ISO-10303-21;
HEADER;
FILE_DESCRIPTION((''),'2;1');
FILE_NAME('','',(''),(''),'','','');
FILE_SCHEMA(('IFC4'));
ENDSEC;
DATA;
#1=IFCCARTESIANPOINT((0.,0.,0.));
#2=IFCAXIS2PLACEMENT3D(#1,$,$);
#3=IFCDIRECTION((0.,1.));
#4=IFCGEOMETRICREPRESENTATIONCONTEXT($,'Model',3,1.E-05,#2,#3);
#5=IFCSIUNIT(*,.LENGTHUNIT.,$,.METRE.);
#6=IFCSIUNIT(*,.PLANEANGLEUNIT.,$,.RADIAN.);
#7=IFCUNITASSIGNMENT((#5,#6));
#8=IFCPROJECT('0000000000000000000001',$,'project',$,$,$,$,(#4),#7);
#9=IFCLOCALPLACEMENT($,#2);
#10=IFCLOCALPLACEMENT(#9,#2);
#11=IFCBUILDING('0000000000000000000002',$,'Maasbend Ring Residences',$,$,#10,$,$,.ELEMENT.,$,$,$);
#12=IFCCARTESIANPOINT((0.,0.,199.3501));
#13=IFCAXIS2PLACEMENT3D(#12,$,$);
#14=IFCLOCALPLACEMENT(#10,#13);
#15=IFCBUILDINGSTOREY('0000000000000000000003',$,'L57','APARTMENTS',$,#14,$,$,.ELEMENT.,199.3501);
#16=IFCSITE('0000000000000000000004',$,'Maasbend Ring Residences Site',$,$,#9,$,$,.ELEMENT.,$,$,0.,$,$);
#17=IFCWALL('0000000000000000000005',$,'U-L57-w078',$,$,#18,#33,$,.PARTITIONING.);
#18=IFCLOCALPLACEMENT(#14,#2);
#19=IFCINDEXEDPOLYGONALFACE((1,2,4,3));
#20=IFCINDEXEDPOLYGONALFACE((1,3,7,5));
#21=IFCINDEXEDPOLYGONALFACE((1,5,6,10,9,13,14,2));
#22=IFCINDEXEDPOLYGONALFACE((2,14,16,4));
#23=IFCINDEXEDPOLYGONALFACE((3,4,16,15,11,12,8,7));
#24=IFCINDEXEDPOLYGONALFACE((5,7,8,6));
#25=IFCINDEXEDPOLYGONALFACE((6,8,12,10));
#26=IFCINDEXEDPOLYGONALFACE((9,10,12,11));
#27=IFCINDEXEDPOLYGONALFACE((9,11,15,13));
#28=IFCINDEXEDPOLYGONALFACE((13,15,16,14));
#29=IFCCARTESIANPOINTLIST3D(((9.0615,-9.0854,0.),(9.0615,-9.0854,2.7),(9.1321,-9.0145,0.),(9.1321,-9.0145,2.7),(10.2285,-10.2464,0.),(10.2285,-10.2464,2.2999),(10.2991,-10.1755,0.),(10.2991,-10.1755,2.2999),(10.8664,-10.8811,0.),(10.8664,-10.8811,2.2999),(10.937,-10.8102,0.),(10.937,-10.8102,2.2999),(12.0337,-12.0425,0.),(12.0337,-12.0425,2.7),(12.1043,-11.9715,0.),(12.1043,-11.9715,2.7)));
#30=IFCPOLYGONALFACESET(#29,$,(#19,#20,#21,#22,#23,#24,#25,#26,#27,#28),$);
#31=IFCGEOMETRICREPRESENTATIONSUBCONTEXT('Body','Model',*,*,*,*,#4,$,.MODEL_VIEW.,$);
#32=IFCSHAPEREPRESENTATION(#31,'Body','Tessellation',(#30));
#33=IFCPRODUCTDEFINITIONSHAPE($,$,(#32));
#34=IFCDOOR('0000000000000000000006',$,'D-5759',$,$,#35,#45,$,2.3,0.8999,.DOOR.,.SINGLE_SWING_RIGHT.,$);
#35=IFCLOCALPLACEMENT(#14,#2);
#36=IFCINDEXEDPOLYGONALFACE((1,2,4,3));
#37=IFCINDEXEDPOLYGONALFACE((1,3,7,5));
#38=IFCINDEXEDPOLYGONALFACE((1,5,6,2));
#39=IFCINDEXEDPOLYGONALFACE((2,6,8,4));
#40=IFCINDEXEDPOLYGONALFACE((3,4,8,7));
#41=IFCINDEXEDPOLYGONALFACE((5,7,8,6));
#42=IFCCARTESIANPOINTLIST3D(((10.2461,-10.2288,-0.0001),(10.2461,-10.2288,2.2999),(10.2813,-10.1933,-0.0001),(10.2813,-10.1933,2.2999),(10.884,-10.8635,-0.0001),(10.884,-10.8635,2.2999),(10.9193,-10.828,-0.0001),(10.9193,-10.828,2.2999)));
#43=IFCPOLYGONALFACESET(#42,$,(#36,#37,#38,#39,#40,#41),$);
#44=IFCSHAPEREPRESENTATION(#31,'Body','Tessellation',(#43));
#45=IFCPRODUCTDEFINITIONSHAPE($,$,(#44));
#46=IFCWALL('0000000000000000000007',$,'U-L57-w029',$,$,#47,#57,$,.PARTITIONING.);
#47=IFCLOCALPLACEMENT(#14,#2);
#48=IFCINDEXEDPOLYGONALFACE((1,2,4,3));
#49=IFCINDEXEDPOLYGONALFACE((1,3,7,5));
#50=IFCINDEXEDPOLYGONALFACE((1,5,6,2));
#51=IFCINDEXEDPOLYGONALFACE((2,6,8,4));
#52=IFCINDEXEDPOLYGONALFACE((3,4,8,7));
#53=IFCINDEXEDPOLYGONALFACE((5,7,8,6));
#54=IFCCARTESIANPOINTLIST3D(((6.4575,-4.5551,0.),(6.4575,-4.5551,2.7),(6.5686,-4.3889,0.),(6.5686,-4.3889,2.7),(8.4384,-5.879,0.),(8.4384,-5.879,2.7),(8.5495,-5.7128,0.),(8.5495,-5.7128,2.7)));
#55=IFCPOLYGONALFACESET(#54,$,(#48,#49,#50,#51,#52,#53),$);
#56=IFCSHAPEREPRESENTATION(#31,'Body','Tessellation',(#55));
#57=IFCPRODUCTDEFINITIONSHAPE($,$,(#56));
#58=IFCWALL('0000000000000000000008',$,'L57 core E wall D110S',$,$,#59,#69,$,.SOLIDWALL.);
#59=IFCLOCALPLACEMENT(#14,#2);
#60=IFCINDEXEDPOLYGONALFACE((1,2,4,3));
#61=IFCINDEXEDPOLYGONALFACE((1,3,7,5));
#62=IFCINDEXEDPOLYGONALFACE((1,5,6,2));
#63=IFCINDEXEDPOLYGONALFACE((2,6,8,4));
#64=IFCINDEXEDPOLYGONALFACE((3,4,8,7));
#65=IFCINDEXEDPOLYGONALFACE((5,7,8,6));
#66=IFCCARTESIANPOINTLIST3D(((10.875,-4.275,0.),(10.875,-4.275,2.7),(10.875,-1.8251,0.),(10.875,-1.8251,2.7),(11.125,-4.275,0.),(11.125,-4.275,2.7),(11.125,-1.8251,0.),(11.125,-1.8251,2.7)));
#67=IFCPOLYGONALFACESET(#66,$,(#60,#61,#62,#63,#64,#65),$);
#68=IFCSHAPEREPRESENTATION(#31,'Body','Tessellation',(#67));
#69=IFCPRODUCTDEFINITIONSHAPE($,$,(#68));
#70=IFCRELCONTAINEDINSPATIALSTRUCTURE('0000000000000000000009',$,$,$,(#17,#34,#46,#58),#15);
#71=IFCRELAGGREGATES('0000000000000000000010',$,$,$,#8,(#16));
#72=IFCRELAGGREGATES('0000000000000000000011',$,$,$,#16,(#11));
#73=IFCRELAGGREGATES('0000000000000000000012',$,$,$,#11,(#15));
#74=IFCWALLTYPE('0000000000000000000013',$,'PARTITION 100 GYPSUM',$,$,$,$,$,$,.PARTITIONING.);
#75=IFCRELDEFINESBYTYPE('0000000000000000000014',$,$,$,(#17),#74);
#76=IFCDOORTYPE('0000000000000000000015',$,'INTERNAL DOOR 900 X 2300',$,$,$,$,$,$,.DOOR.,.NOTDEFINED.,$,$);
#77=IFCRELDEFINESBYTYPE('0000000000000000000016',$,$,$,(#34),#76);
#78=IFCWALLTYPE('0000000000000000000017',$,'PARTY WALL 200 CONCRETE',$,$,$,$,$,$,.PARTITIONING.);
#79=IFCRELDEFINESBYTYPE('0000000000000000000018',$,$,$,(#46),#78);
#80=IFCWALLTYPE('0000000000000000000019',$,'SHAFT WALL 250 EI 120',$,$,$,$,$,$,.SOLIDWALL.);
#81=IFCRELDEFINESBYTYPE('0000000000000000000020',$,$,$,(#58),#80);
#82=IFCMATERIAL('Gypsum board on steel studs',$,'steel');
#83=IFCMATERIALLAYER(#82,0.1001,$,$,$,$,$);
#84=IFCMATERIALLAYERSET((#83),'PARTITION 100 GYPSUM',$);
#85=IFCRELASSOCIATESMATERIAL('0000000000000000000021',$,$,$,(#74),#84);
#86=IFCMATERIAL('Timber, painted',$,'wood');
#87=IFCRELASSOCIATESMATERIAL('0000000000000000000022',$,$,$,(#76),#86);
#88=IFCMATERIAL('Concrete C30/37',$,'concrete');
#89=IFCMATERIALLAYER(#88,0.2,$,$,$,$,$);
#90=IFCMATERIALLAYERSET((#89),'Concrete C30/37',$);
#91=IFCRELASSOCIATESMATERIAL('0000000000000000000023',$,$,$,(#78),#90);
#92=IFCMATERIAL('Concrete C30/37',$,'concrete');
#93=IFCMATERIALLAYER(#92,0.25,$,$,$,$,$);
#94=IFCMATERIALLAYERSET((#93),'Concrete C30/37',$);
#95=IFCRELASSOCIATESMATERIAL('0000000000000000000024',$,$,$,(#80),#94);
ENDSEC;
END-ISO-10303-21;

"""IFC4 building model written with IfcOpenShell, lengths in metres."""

from ifc_helpers import new_model, si_unit, direction, frame, frame_2d, origin, place, context, subcontext, project, spatial, rectangle, extrude, material, layer, layer_set, type_object, element, fill, save


model = new_model("IFC4")

# Units and contexts
model_context = context("Model", 3, precision=1e-05, world=origin(), true_north=direction((0.0, 1.0)))
body_context = subcontext(model_context, "Body", "Model", "MODEL_VIEW")
ifc_project = project(units=[si_unit("LENGTHUNIT", "METRE"), si_unit("PLANEANGLEUNIT", "RADIAN")], contexts=[model_context])

# Site, building, storey
site_placement = place(None, origin())
site = spatial("IfcSite", under=ifc_project, at=site_placement, Name="Maasbend Ring Residences Site", CompositionType="ELEMENT", RefElevation=0.0)
building_placement = place(site_placement, origin())
building = spatial("IfcBuilding", under=site, at=building_placement, Name="Maasbend Ring Residences", CompositionType="ELEMENT")
storey_placement = place(building_placement, frame((0.0, 0.0, 199.3501)))
storey = spatial("IfcBuildingStorey", under=building, at=storey_placement, Name="L57", Description="APARTMENTS", CompositionType="ELEMENT", Elevation=199.3501)

# Shared definitions
ifc_material_1 = material(Name="Gypsum board on steel studs", Category="steel")
ifc_layer_1 = layer(ifc_material_1, 0.1001)
ifc_layer_set_1 = layer_set([ifc_layer_1], Name="PARTITION 100 GYPSUM")
wall_type_1 = type_object("IfcWallType", Name="PARTITION 100 GYPSUM", PredefinedType="PARTITIONING", material=ifc_layer_set_1)

# Wall, opening, door
wall_1_placement = place(storey_placement, frame((9.0969, -9.05, 0.0), z_axis=(0.0, 0.0, 1.0), x_axis=(0.70891, -0.705299, 0.0)))
wall_1 = element("IfcWall", 1, at=wall_1_placement, inside=storey, type_object=wall_type_1, Name="U-L57-w078", PredefinedType="PARTITIONING", context=body_context, shape_type="SweptSolid", body=[
    extrude(rectangle(XDim=4.1926, YDim=0.1001, at=frame_2d((2.0962, 0.0))), origin(), (0.0, 0.0, 1.0), 2.7),
])
opening_1_placement = place(wall_1_placement, frame((1.646, 0.0, 0.0)))
opening_1 = element("IfcOpeningElement", 2, at=opening_1_placement, cuts=wall_1, PredefinedType="OPENING", context=body_context, shape_type="SweptSolid", body=[
    extrude(rectangle(XDim=0.8999, YDim=2.3, at=frame_2d((0.45, 1.1499))), frame((0.0, 0.0601, 0.0), z_axis=(0.0, -1.0, 0.0), x_axis=(1.0, 0.0, 0.0)), (0.0, 0.0, 1.0), 0.1201),
])
ifc_material_2 = material(Name="Timber, painted", Category="wood")
door_type_1 = type_object("IfcDoorType", Name="INTERNAL DOOR 900 X 2300", OperationType="NOTDEFINED", PredefinedType="DOOR", material=ifc_material_2)
door_1_placement = place(opening_1_placement, origin())
door_1 = element("IfcDoor", 3, at=door_1_placement, inside=storey, type_object=door_type_1, Name="D-5759", OperationType="SINGLE_SWING_RIGHT", OverallHeight=2.3, OverallWidth=0.8999, PredefinedType="DOOR", context=body_context, shape_type="SweptSolid", body=[
    extrude(rectangle(XDim=0.8999, YDim=2.3, at=frame_2d((0.45, 1.1499))), frame((0.0, 0.0249, 0.0), z_axis=(0.0, -1.0, 0.0), x_axis=(1.0, 0.0, 0.0)), (0.0, 0.0, 1.0), 0.05),
])
fill(opening_1, door_1)

# Walls
ifc_material_3 = material(Name="Concrete C30/37", Category="concrete")
ifc_layer_2 = layer(ifc_material_3, 0.2)
ifc_layer_set_2 = layer_set([ifc_layer_2], Name="Concrete C30/37")
wall_type_2 = type_object("IfcWallType", Name="PARTY WALL 200 CONCRETE", PredefinedType="PARTITIONING", material=ifc_layer_set_2)
wall_2_placement = place(storey_placement, frame((6.5129, -4.4719, 0.0), z_axis=(0.0, 0.0, 1.0), x_axis=(0.831403, -0.555669, 0.0)))
element("IfcWall", 4, at=wall_2_placement, inside=storey, type_object=wall_type_2, Name="U-L57-w029", PredefinedType="PARTITIONING", context=body_context, shape_type="SweptSolid", body=[
    extrude(rectangle(XDim=2.3826, YDim=0.2, at=frame_2d((1.1914, 0.0))), origin(), (0.0, 0.0, 1.0), 2.7),
])
ifc_material_4 = material(Name="Concrete C30/37", Category="concrete")
ifc_layer_3 = layer(ifc_material_4, 0.25)
ifc_layer_set_3 = layer_set([ifc_layer_3], Name="Concrete C30/37")
wall_type_3 = type_object("IfcWallType", Name="SHAFT WALL 250 EI 120", PredefinedType="SOLIDWALL", material=ifc_layer_set_3)
wall_3_placement = place(storey_placement, frame((11.0, -1.825, 0.0), z_axis=(0.0, 0.0, 1.0), x_axis=(0.0, -1.0, 0.0)))
element("IfcWall", 5, at=wall_3_placement, inside=storey, type_object=wall_type_3, Name="L57 core E wall D110S", PredefinedType="SOLIDWALL", context=body_context, shape_type="SweptSolid", body=[
    extrude(rectangle(XDim=2.45, YDim=0.25, at=frame_2d((1.2251, 0.0))), origin(), (0.0, 0.0, 1.0), 2.7),
])

save(model, "model.ifc")
